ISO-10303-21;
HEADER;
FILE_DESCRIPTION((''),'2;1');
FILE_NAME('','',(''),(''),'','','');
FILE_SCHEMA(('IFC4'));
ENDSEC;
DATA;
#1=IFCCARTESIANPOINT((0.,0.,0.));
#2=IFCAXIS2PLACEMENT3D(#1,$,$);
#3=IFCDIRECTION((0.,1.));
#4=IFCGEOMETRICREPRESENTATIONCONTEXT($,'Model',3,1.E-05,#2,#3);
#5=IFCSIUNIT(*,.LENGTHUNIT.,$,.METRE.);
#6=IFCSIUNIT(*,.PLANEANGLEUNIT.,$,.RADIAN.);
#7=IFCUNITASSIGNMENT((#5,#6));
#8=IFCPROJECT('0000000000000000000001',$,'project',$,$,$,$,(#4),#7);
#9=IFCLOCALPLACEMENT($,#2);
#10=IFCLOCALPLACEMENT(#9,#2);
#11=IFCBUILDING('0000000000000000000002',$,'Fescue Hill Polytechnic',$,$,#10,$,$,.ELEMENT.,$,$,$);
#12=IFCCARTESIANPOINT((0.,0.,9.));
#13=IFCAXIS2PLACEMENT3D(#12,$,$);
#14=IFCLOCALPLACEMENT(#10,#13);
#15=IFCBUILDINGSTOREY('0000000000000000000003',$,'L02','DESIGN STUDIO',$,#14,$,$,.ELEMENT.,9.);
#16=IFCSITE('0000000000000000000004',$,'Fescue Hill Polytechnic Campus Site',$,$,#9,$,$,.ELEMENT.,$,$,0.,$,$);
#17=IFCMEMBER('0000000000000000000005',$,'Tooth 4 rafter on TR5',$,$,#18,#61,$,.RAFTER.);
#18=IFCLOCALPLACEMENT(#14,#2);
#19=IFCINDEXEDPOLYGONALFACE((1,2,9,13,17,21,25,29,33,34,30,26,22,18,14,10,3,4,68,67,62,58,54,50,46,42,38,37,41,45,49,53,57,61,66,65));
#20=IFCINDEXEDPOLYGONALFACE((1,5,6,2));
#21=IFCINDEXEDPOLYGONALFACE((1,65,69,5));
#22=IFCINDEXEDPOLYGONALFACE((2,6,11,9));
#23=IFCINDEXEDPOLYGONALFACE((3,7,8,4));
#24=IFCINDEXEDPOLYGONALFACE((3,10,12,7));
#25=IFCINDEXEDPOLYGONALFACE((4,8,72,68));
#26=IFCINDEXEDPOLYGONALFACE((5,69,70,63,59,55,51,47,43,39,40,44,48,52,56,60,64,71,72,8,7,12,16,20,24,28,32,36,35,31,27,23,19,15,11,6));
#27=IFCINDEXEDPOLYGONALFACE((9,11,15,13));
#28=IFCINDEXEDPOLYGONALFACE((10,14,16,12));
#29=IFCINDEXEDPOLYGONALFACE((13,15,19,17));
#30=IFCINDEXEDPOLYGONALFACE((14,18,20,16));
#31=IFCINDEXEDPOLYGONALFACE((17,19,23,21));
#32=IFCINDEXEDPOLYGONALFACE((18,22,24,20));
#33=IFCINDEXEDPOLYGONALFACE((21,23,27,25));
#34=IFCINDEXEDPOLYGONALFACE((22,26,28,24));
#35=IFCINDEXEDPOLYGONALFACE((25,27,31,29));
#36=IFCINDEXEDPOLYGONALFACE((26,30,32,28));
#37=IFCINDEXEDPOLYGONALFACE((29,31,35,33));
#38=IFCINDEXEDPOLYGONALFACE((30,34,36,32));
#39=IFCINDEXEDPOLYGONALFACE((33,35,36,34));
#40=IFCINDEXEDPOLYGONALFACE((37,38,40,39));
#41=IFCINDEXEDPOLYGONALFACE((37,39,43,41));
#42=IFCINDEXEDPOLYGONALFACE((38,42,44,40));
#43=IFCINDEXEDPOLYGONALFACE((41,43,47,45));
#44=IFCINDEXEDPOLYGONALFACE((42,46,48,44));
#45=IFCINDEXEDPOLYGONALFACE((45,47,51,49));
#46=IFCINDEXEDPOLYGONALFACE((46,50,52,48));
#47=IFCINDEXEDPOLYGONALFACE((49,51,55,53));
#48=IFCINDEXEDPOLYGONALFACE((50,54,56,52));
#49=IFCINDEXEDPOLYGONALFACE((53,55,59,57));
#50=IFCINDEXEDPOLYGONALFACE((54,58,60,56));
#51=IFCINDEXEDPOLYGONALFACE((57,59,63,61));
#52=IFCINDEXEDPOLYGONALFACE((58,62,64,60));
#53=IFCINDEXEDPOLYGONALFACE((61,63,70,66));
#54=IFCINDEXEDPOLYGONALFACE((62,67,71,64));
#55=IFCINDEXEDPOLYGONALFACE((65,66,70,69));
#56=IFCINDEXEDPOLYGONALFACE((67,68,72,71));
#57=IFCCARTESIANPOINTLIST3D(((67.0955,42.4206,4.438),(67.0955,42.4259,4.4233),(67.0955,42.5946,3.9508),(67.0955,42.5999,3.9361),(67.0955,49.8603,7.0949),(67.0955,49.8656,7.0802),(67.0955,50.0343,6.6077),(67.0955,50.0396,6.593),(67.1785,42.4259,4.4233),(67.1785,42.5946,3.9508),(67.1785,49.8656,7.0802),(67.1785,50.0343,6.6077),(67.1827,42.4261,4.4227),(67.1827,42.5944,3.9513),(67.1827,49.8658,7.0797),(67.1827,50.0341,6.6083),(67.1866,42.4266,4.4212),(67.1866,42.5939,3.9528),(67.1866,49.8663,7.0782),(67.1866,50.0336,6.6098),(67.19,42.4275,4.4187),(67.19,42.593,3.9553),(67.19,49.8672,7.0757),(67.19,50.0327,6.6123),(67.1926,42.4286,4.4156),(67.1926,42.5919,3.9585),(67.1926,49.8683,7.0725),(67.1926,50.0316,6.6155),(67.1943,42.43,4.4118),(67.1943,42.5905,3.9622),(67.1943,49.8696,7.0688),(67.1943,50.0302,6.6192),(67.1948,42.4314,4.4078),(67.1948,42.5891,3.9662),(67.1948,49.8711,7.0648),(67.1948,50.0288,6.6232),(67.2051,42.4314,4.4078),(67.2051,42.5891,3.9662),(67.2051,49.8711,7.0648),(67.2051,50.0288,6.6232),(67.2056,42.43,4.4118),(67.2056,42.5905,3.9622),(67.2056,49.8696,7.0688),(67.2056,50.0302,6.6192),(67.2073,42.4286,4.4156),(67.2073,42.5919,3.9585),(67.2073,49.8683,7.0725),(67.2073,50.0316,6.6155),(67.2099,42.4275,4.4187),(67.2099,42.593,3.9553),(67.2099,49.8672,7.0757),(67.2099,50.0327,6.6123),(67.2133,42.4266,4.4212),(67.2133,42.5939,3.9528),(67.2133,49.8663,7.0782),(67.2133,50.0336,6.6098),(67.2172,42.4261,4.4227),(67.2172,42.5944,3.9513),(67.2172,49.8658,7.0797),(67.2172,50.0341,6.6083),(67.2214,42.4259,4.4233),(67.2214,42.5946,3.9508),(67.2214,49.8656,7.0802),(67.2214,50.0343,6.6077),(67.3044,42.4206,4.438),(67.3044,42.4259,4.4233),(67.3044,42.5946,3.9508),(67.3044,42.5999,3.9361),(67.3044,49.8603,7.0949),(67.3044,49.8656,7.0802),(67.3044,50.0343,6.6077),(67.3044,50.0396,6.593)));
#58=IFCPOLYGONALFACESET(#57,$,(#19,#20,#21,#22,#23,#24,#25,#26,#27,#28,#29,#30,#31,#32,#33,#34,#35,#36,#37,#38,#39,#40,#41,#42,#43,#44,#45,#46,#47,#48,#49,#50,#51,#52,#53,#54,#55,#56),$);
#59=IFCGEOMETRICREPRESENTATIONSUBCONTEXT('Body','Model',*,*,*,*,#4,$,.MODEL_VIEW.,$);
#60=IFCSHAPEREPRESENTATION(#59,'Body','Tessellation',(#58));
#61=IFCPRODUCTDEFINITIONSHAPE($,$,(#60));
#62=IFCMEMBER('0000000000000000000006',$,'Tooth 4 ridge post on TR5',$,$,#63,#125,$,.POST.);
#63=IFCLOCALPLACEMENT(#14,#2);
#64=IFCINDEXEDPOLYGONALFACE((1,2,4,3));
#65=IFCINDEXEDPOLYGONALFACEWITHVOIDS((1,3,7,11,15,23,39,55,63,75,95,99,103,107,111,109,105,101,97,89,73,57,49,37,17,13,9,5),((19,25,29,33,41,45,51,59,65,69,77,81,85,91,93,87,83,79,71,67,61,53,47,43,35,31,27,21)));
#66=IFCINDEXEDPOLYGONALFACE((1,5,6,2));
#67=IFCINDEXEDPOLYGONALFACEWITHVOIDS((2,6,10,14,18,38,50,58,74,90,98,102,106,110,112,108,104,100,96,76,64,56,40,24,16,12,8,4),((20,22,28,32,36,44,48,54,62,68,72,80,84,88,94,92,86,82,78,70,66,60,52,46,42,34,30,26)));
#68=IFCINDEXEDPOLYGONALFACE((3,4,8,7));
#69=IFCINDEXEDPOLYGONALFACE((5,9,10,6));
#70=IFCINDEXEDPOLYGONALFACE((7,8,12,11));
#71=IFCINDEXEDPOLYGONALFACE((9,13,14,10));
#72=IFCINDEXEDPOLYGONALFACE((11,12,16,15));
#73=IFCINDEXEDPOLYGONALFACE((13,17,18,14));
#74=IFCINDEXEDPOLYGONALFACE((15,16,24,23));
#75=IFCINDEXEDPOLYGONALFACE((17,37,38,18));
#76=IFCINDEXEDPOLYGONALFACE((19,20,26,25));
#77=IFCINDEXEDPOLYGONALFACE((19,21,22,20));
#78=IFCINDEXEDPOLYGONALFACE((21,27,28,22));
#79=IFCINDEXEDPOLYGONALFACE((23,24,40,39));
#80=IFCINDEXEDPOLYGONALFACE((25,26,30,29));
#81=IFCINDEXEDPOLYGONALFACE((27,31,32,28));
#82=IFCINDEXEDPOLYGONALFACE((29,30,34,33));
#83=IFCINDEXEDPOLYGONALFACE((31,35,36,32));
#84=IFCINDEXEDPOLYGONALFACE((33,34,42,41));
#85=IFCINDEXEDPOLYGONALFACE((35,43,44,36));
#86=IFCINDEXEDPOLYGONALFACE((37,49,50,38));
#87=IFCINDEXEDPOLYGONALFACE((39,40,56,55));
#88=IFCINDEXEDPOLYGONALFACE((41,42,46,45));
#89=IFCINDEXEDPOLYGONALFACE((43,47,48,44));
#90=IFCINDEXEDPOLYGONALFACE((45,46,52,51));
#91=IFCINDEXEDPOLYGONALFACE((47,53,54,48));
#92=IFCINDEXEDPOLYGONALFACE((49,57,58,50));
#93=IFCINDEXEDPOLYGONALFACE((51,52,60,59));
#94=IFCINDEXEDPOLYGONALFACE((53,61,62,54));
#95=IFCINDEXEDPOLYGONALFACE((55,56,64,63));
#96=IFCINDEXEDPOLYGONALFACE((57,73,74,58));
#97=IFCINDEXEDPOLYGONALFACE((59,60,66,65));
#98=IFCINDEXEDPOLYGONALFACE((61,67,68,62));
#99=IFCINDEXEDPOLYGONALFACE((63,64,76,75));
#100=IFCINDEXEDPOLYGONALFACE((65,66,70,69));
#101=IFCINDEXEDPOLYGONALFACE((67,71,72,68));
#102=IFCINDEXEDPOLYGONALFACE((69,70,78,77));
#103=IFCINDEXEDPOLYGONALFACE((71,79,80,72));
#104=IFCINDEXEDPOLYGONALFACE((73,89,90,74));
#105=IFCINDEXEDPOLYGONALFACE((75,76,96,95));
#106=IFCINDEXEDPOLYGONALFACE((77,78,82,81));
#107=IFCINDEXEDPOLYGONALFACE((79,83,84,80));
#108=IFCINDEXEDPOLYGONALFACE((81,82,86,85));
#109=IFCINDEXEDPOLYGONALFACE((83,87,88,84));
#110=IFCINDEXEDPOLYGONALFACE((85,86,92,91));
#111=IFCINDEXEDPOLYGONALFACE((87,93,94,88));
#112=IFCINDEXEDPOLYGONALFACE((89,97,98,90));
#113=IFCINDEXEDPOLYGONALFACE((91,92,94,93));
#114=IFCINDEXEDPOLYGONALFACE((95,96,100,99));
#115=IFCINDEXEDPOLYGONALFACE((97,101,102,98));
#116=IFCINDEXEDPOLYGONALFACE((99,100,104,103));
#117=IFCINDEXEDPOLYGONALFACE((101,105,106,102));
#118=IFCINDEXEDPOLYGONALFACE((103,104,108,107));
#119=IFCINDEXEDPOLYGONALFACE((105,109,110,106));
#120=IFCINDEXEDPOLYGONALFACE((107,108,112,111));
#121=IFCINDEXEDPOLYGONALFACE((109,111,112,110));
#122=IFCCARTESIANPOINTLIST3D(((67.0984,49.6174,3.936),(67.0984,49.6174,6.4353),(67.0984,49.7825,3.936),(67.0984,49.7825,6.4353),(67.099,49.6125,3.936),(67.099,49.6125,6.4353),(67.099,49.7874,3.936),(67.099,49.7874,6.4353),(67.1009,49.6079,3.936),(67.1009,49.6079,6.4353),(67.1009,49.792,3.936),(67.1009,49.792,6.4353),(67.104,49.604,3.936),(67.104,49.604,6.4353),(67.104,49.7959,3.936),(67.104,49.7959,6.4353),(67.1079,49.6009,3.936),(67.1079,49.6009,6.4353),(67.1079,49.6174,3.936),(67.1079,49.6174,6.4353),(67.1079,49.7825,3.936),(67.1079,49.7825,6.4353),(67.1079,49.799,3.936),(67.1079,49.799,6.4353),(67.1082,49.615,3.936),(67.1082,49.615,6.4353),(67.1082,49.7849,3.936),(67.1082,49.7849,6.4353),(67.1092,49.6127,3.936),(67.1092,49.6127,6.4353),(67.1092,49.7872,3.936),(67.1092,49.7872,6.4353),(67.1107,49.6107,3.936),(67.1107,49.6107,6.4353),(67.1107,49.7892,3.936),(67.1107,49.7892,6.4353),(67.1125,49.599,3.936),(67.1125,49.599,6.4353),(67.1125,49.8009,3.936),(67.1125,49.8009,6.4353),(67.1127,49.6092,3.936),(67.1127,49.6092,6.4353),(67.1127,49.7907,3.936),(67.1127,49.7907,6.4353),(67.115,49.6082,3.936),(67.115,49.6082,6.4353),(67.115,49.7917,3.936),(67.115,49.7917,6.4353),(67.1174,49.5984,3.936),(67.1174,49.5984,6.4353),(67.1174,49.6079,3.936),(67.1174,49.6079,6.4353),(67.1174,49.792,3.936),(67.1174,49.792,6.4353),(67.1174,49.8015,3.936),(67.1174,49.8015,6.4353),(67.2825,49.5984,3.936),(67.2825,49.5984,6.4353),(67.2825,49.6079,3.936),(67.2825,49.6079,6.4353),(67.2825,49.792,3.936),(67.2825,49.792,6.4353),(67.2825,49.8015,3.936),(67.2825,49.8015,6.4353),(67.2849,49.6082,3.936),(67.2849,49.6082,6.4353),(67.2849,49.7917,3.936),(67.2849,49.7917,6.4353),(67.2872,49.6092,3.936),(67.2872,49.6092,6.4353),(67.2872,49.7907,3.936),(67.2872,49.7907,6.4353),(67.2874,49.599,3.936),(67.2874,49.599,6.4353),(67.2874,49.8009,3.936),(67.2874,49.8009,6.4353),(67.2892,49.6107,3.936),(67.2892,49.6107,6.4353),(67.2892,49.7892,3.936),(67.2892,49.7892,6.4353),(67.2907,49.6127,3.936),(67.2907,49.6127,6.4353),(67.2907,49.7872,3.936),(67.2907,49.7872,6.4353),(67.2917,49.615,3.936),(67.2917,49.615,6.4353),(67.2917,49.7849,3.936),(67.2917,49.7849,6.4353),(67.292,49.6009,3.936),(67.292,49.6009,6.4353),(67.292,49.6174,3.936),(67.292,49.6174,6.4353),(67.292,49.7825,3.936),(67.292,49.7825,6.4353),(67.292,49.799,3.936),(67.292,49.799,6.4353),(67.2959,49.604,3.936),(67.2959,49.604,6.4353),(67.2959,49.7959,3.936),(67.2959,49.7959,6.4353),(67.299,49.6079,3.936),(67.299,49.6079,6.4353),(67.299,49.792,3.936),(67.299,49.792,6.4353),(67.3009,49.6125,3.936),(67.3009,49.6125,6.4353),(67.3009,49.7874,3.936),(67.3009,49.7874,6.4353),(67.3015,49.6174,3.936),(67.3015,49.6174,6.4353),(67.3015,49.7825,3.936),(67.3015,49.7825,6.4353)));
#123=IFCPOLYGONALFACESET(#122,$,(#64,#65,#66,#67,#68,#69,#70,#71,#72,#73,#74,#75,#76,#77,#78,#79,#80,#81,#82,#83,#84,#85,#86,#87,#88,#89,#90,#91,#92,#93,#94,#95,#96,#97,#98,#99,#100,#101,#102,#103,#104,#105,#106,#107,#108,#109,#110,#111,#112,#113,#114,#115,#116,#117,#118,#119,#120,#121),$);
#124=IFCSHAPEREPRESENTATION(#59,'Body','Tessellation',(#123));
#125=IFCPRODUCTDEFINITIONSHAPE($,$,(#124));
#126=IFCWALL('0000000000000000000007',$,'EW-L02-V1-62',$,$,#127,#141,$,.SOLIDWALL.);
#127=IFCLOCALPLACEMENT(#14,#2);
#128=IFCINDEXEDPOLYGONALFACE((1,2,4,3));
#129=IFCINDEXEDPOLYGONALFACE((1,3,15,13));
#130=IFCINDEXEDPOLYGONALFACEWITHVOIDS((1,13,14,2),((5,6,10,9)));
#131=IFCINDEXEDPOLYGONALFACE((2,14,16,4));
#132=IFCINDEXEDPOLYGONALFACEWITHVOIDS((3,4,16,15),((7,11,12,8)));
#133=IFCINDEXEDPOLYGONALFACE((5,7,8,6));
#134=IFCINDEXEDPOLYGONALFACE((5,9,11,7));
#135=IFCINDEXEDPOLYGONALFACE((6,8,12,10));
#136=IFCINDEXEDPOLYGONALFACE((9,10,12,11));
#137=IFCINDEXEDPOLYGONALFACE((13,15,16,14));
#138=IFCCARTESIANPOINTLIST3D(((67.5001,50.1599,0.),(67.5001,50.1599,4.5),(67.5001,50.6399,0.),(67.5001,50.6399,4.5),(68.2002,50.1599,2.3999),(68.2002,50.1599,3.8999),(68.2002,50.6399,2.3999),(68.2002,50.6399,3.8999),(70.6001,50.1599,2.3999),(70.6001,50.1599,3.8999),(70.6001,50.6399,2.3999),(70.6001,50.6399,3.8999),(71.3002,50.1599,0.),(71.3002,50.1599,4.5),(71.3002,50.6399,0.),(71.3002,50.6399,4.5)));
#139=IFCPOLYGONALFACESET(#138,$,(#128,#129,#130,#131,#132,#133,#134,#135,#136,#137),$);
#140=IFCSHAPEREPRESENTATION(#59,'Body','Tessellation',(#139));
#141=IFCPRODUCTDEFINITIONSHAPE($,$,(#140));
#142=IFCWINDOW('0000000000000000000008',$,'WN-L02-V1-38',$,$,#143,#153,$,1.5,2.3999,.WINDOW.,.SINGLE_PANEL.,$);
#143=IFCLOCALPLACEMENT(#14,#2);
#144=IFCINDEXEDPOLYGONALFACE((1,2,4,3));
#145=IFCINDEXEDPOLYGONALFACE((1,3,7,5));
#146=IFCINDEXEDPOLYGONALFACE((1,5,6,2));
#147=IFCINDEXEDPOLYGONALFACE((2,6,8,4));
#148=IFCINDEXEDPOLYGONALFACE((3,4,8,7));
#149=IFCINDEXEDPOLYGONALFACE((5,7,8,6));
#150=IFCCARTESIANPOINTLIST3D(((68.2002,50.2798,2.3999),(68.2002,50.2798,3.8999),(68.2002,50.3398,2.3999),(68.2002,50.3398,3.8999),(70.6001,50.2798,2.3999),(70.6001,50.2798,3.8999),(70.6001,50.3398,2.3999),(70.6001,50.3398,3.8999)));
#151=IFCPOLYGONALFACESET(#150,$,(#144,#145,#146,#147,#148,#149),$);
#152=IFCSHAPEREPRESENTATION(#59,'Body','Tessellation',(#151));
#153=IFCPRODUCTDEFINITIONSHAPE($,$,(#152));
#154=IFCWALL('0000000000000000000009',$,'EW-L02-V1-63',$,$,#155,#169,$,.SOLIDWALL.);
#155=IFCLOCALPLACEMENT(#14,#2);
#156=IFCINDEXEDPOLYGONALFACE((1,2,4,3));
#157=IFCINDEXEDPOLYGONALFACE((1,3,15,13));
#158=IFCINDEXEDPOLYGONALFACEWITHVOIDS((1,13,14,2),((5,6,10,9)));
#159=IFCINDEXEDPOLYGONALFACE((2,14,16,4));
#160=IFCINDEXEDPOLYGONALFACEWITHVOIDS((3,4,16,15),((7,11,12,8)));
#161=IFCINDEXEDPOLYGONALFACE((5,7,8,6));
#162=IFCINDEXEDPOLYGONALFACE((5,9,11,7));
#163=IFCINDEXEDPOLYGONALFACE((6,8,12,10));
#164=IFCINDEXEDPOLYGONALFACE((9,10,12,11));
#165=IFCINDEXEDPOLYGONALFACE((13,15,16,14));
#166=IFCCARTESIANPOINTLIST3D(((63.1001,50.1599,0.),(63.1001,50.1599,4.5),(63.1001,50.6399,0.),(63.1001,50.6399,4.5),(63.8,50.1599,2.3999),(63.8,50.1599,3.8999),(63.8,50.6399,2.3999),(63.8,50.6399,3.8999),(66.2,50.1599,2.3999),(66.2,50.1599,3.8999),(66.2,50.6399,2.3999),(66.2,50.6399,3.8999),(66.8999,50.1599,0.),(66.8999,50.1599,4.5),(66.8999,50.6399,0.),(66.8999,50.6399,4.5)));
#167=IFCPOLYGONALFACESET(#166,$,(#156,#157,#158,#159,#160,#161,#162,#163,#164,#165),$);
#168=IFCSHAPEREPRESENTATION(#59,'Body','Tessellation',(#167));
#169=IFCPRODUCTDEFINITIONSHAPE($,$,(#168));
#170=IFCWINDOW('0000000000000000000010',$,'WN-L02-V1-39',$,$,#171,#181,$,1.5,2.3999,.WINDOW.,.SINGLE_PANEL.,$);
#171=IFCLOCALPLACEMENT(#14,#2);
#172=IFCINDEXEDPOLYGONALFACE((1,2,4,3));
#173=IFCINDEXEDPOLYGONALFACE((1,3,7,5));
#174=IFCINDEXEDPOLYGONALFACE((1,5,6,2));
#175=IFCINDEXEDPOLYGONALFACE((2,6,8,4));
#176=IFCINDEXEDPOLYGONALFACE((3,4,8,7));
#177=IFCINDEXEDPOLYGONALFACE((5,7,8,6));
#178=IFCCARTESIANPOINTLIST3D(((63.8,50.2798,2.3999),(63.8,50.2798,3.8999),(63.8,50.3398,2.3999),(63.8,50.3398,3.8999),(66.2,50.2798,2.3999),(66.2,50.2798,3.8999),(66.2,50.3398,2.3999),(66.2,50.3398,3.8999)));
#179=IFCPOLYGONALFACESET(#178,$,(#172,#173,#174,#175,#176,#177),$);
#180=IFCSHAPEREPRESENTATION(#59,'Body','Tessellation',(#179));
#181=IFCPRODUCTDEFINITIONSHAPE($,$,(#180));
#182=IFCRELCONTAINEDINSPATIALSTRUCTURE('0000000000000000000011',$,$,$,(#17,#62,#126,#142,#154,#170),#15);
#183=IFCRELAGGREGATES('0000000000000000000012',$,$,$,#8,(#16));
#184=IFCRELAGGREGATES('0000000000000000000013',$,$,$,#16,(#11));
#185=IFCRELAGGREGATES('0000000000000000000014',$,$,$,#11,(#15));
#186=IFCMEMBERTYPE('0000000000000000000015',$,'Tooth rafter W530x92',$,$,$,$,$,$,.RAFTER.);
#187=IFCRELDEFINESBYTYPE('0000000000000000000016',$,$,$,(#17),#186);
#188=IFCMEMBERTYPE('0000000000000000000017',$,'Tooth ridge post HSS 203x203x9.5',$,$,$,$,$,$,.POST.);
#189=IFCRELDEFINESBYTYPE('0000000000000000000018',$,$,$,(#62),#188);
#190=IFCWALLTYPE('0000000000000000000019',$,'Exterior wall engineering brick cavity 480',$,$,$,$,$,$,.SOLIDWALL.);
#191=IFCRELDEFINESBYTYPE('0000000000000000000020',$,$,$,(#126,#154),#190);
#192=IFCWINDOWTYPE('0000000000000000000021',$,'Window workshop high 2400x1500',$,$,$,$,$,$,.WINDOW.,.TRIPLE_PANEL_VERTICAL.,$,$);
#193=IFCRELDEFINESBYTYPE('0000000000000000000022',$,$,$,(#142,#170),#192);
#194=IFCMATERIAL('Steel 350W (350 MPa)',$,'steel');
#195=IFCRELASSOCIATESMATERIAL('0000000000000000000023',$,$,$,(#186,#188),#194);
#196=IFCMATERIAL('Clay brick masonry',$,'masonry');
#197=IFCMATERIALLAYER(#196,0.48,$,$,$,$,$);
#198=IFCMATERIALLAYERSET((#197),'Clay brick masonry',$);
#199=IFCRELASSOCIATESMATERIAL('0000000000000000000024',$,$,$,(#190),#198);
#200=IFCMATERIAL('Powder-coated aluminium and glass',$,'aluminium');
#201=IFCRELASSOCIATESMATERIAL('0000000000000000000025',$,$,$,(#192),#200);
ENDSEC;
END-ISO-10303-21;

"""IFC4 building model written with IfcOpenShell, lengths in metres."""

from ifc_helpers import new_model, si_unit, direction, frame, frame_2d, origin, origin_2d, place, context, subcontext, project, spatial, rectangle, hollow_rectangle, i_section, extrude, material, layer, layer_set, material_profile, profile_set, type_object, element, fill, save


model = new_model("IFC4")

# Units and contexts
model_context = context("Model", 3, precision=1e-05, world=origin(), true_north=direction((0.0, 1.0)))
body_context = subcontext(model_context, "Body", "Model", "MODEL_VIEW")
ifc_project = project(units=[si_unit("LENGTHUNIT", "METRE"), si_unit("PLANEANGLEUNIT", "RADIAN")], contexts=[model_context])

# Site, building, storey
site_placement = place(None, origin())
site = spatial("IfcSite", under=ifc_project, at=site_placement, Name="Fescue Hill Polytechnic Campus Site", CompositionType="ELEMENT", RefElevation=0.0)
building_placement = place(site_placement, origin())
building = spatial("IfcBuilding", under=site, at=building_placement, Name="Fescue Hill Polytechnic", CompositionType="ELEMENT")
storey_placement = place(building_placement, frame((0.0, 0.0, 9.0)))
storey = spatial("IfcBuildingStorey", under=building, at=storey_placement, Name="L02", Description="DESIGN STUDIO", CompositionType="ELEMENT", Elevation=9.0)

# Members
ifc_material_1 = material(Name="Steel 350W (350 MPa)", Category="steel")
ifc_material_profile_1 = material_profile(ifc_material_1, i_section(OverallWidth=0.209, OverallDepth=0.533, WebThickness=0.0103, FlangeThickness=0.0156, FilletRadius=0.0164, at=origin_2d()), Name="W530x92")
ifc_profile_set_1 = profile_set([ifc_material_profile_1], Name="Steel 350W (350 MPa)")
member_type_1 = type_object("IfcMemberType", Name="Tooth rafter W530x92", PredefinedType="RAFTER", material=ifc_profile_set_1)
member_1_placement = place(storey_placement, frame((67.2, 42.5103, 4.187), z_axis=(0.0, 0.941744, 0.336331), x_axis=(-1.0, 0.0, 0.0)))
element("IfcMember", 1, at=member_1_placement, inside=storey, type_object=member_type_1, Name="Tooth 4 rafter on TR5", PredefinedType="RAFTER", context=body_context, shape_type="SweptSolid", body=[
    extrude(i_section(OverallWidth=0.209, OverallDepth=0.533, WebThickness=0.0103, FlangeThickness=0.0156, FilletRadius=0.0164, at=origin_2d()), origin(), (0.0, 0.0, 1.0), 7.8999),
])
ifc_material_profile_2 = material_profile(ifc_material_1, hollow_rectangle(XDim=0.2031, YDim=0.2031, WallThickness=0.0095, InnerFilletRadius=0.0095, OuterFilletRadius=0.019, at=origin_2d()), Name="Tooth ridge post HSS 203x203x9.5")
ifc_profile_set_2 = profile_set([ifc_material_profile_2], Name="Steel 350W (350 MPa)")
member_type_2 = type_object("IfcMemberType", Name="Tooth ridge post HSS 203x203x9.5", PredefinedType="POST", material=ifc_profile_set_2)
member_2_placement = place(storey_placement, frame((67.2, 49.7, 3.936), z_axis=(0.0, 0.0, 1.0), x_axis=(1.0, 0.0, 0.0)))
element("IfcMember", 2, at=member_2_placement, inside=storey, type_object=member_type_2, Name="Tooth 4 ridge post on TR5", PredefinedType="POST", context=body_context, shape_type="SweptSolid", body=[
    extrude(hollow_rectangle(XDim=0.2031, YDim=0.2031, WallThickness=0.0095, InnerFilletRadius=0.0095, OuterFilletRadius=0.019, at=origin_2d()), origin(), (0.0, 0.0, 1.0), 2.4993),
])

# Walls, openings, windows
ifc_material_2 = material(Name="Clay brick masonry", Category="masonry")
ifc_layer = layer(ifc_material_2, 0.48)
ifc_layer_set = layer_set([ifc_layer], Name="Clay brick masonry")
wall_type = type_object("IfcWallType", Name="Exterior wall engineering brick cavity 480", PredefinedType="SOLIDWALL", material=ifc_layer_set)
wall_1_placement = place(storey_placement, frame((71.3, 50.3999, 0.0), z_axis=(0.0, 0.0, 1.0), x_axis=(-1.0, 0.0, 0.0)))
wall_1 = element("IfcWall", 3, at=wall_1_placement, inside=storey, type_object=wall_type, Name="EW-L02-V1-62", PredefinedType="SOLIDWALL", context=body_context, shape_type="SweptSolid", body=[
    extrude(rectangle(XDim=3.8, YDim=0.48, at=frame_2d((1.8999, 0.0))), origin(), (0.0, 0.0, 1.0), 4.5),
])
opening_1_placement = place(wall_1_placement, frame((0.7, 0.0, 2.3999)))
opening_1 = element("IfcOpeningElement", 4, at=opening_1_placement, cuts=wall_1, PredefinedType="OPENING", context=body_context, shape_type="SweptSolid", body=[
    extrude(rectangle(XDim=2.3999, YDim=1.5, at=frame_2d((1.2, 0.75))), frame((0.0, 0.25, 0.0), z_axis=(0.0, -1.0, 0.0), x_axis=(1.0, 0.0, 0.0)), (0.0, 0.0, 1.0), 0.5),
])
ifc_material_3 = material(Name="Powder-coated aluminium and glass", Category="aluminium")
window_type = type_object("IfcWindowType", Name="Window workshop high 2400x1500", PartitioningType="TRIPLE_PANEL_VERTICAL", PredefinedType="WINDOW", material=ifc_material_3)
window_1_placement = place(opening_1_placement, origin())
window_1 = element("IfcWindow", 5, at=window_1_placement, inside=storey, type_object=window_type, Name="WN-L02-V1-38", OverallHeight=1.5, OverallWidth=2.3999, PartitioningType="SINGLE_PANEL", PredefinedType="WINDOW", context=body_context, shape_type="SweptSolid", body=[
    extrude(rectangle(XDim=2.3999, YDim=1.5, at=frame_2d((1.2, 0.75))), frame((0.0, 0.1201, 0.0), z_axis=(0.0, -1.0, 0.0), x_axis=(1.0, 0.0, 0.0)), (0.0, 0.0, 1.0), 0.0601),
])
fill(opening_1, window_1)
wall_2_placement = place(storey_placement, frame((66.8999, 50.3999, 0.0), z_axis=(0.0, 0.0, 1.0), x_axis=(-1.0, 0.0, 0.0)))
wall_2 = element("IfcWall", 6, at=wall_2_placement, inside=storey, type_object=wall_type, Name="EW-L02-V1-63", PredefinedType="SOLIDWALL", context=body_context, shape_type="SweptSolid", body=[
    extrude(rectangle(XDim=3.7998, YDim=0.48, at=frame_2d((1.8999, 0.0))), origin(), (0.0, 0.0, 1.0), 4.5),
])
opening_2_placement = place(wall_2_placement, frame((0.7, 0.0, 2.3999)))
opening_2 = element("IfcOpeningElement", 7, at=opening_2_placement, cuts=wall_2, PredefinedType="OPENING", context=body_context, shape_type="SweptSolid", body=[
    extrude(rectangle(XDim=2.3999, YDim=1.5, at=frame_2d((1.2, 0.75))), frame((0.0, 0.25, 0.0), z_axis=(0.0, -1.0, 0.0), x_axis=(1.0, 0.0, 0.0)), (0.0, 0.0, 1.0), 0.5),
])
window_2_placement = place(opening_2_placement, origin())
window_2 = element("IfcWindow", 8, at=window_2_placement, inside=storey, type_object=window_type, Name="WN-L02-V1-39", OverallHeight=1.5, OverallWidth=2.3999, PartitioningType="SINGLE_PANEL", PredefinedType="WINDOW", context=body_context, shape_type="SweptSolid", body=[
    extrude(rectangle(XDim=2.3999, YDim=1.5, at=frame_2d((1.2, 0.75))), frame((0.0, 0.1201, 0.0), z_axis=(0.0, -1.0, 0.0), x_axis=(1.0, 0.0, 0.0)), (0.0, 0.0, 1.0), 0.0601),
])
fill(opening_2, window_2)

save(model, "model.ifc")
